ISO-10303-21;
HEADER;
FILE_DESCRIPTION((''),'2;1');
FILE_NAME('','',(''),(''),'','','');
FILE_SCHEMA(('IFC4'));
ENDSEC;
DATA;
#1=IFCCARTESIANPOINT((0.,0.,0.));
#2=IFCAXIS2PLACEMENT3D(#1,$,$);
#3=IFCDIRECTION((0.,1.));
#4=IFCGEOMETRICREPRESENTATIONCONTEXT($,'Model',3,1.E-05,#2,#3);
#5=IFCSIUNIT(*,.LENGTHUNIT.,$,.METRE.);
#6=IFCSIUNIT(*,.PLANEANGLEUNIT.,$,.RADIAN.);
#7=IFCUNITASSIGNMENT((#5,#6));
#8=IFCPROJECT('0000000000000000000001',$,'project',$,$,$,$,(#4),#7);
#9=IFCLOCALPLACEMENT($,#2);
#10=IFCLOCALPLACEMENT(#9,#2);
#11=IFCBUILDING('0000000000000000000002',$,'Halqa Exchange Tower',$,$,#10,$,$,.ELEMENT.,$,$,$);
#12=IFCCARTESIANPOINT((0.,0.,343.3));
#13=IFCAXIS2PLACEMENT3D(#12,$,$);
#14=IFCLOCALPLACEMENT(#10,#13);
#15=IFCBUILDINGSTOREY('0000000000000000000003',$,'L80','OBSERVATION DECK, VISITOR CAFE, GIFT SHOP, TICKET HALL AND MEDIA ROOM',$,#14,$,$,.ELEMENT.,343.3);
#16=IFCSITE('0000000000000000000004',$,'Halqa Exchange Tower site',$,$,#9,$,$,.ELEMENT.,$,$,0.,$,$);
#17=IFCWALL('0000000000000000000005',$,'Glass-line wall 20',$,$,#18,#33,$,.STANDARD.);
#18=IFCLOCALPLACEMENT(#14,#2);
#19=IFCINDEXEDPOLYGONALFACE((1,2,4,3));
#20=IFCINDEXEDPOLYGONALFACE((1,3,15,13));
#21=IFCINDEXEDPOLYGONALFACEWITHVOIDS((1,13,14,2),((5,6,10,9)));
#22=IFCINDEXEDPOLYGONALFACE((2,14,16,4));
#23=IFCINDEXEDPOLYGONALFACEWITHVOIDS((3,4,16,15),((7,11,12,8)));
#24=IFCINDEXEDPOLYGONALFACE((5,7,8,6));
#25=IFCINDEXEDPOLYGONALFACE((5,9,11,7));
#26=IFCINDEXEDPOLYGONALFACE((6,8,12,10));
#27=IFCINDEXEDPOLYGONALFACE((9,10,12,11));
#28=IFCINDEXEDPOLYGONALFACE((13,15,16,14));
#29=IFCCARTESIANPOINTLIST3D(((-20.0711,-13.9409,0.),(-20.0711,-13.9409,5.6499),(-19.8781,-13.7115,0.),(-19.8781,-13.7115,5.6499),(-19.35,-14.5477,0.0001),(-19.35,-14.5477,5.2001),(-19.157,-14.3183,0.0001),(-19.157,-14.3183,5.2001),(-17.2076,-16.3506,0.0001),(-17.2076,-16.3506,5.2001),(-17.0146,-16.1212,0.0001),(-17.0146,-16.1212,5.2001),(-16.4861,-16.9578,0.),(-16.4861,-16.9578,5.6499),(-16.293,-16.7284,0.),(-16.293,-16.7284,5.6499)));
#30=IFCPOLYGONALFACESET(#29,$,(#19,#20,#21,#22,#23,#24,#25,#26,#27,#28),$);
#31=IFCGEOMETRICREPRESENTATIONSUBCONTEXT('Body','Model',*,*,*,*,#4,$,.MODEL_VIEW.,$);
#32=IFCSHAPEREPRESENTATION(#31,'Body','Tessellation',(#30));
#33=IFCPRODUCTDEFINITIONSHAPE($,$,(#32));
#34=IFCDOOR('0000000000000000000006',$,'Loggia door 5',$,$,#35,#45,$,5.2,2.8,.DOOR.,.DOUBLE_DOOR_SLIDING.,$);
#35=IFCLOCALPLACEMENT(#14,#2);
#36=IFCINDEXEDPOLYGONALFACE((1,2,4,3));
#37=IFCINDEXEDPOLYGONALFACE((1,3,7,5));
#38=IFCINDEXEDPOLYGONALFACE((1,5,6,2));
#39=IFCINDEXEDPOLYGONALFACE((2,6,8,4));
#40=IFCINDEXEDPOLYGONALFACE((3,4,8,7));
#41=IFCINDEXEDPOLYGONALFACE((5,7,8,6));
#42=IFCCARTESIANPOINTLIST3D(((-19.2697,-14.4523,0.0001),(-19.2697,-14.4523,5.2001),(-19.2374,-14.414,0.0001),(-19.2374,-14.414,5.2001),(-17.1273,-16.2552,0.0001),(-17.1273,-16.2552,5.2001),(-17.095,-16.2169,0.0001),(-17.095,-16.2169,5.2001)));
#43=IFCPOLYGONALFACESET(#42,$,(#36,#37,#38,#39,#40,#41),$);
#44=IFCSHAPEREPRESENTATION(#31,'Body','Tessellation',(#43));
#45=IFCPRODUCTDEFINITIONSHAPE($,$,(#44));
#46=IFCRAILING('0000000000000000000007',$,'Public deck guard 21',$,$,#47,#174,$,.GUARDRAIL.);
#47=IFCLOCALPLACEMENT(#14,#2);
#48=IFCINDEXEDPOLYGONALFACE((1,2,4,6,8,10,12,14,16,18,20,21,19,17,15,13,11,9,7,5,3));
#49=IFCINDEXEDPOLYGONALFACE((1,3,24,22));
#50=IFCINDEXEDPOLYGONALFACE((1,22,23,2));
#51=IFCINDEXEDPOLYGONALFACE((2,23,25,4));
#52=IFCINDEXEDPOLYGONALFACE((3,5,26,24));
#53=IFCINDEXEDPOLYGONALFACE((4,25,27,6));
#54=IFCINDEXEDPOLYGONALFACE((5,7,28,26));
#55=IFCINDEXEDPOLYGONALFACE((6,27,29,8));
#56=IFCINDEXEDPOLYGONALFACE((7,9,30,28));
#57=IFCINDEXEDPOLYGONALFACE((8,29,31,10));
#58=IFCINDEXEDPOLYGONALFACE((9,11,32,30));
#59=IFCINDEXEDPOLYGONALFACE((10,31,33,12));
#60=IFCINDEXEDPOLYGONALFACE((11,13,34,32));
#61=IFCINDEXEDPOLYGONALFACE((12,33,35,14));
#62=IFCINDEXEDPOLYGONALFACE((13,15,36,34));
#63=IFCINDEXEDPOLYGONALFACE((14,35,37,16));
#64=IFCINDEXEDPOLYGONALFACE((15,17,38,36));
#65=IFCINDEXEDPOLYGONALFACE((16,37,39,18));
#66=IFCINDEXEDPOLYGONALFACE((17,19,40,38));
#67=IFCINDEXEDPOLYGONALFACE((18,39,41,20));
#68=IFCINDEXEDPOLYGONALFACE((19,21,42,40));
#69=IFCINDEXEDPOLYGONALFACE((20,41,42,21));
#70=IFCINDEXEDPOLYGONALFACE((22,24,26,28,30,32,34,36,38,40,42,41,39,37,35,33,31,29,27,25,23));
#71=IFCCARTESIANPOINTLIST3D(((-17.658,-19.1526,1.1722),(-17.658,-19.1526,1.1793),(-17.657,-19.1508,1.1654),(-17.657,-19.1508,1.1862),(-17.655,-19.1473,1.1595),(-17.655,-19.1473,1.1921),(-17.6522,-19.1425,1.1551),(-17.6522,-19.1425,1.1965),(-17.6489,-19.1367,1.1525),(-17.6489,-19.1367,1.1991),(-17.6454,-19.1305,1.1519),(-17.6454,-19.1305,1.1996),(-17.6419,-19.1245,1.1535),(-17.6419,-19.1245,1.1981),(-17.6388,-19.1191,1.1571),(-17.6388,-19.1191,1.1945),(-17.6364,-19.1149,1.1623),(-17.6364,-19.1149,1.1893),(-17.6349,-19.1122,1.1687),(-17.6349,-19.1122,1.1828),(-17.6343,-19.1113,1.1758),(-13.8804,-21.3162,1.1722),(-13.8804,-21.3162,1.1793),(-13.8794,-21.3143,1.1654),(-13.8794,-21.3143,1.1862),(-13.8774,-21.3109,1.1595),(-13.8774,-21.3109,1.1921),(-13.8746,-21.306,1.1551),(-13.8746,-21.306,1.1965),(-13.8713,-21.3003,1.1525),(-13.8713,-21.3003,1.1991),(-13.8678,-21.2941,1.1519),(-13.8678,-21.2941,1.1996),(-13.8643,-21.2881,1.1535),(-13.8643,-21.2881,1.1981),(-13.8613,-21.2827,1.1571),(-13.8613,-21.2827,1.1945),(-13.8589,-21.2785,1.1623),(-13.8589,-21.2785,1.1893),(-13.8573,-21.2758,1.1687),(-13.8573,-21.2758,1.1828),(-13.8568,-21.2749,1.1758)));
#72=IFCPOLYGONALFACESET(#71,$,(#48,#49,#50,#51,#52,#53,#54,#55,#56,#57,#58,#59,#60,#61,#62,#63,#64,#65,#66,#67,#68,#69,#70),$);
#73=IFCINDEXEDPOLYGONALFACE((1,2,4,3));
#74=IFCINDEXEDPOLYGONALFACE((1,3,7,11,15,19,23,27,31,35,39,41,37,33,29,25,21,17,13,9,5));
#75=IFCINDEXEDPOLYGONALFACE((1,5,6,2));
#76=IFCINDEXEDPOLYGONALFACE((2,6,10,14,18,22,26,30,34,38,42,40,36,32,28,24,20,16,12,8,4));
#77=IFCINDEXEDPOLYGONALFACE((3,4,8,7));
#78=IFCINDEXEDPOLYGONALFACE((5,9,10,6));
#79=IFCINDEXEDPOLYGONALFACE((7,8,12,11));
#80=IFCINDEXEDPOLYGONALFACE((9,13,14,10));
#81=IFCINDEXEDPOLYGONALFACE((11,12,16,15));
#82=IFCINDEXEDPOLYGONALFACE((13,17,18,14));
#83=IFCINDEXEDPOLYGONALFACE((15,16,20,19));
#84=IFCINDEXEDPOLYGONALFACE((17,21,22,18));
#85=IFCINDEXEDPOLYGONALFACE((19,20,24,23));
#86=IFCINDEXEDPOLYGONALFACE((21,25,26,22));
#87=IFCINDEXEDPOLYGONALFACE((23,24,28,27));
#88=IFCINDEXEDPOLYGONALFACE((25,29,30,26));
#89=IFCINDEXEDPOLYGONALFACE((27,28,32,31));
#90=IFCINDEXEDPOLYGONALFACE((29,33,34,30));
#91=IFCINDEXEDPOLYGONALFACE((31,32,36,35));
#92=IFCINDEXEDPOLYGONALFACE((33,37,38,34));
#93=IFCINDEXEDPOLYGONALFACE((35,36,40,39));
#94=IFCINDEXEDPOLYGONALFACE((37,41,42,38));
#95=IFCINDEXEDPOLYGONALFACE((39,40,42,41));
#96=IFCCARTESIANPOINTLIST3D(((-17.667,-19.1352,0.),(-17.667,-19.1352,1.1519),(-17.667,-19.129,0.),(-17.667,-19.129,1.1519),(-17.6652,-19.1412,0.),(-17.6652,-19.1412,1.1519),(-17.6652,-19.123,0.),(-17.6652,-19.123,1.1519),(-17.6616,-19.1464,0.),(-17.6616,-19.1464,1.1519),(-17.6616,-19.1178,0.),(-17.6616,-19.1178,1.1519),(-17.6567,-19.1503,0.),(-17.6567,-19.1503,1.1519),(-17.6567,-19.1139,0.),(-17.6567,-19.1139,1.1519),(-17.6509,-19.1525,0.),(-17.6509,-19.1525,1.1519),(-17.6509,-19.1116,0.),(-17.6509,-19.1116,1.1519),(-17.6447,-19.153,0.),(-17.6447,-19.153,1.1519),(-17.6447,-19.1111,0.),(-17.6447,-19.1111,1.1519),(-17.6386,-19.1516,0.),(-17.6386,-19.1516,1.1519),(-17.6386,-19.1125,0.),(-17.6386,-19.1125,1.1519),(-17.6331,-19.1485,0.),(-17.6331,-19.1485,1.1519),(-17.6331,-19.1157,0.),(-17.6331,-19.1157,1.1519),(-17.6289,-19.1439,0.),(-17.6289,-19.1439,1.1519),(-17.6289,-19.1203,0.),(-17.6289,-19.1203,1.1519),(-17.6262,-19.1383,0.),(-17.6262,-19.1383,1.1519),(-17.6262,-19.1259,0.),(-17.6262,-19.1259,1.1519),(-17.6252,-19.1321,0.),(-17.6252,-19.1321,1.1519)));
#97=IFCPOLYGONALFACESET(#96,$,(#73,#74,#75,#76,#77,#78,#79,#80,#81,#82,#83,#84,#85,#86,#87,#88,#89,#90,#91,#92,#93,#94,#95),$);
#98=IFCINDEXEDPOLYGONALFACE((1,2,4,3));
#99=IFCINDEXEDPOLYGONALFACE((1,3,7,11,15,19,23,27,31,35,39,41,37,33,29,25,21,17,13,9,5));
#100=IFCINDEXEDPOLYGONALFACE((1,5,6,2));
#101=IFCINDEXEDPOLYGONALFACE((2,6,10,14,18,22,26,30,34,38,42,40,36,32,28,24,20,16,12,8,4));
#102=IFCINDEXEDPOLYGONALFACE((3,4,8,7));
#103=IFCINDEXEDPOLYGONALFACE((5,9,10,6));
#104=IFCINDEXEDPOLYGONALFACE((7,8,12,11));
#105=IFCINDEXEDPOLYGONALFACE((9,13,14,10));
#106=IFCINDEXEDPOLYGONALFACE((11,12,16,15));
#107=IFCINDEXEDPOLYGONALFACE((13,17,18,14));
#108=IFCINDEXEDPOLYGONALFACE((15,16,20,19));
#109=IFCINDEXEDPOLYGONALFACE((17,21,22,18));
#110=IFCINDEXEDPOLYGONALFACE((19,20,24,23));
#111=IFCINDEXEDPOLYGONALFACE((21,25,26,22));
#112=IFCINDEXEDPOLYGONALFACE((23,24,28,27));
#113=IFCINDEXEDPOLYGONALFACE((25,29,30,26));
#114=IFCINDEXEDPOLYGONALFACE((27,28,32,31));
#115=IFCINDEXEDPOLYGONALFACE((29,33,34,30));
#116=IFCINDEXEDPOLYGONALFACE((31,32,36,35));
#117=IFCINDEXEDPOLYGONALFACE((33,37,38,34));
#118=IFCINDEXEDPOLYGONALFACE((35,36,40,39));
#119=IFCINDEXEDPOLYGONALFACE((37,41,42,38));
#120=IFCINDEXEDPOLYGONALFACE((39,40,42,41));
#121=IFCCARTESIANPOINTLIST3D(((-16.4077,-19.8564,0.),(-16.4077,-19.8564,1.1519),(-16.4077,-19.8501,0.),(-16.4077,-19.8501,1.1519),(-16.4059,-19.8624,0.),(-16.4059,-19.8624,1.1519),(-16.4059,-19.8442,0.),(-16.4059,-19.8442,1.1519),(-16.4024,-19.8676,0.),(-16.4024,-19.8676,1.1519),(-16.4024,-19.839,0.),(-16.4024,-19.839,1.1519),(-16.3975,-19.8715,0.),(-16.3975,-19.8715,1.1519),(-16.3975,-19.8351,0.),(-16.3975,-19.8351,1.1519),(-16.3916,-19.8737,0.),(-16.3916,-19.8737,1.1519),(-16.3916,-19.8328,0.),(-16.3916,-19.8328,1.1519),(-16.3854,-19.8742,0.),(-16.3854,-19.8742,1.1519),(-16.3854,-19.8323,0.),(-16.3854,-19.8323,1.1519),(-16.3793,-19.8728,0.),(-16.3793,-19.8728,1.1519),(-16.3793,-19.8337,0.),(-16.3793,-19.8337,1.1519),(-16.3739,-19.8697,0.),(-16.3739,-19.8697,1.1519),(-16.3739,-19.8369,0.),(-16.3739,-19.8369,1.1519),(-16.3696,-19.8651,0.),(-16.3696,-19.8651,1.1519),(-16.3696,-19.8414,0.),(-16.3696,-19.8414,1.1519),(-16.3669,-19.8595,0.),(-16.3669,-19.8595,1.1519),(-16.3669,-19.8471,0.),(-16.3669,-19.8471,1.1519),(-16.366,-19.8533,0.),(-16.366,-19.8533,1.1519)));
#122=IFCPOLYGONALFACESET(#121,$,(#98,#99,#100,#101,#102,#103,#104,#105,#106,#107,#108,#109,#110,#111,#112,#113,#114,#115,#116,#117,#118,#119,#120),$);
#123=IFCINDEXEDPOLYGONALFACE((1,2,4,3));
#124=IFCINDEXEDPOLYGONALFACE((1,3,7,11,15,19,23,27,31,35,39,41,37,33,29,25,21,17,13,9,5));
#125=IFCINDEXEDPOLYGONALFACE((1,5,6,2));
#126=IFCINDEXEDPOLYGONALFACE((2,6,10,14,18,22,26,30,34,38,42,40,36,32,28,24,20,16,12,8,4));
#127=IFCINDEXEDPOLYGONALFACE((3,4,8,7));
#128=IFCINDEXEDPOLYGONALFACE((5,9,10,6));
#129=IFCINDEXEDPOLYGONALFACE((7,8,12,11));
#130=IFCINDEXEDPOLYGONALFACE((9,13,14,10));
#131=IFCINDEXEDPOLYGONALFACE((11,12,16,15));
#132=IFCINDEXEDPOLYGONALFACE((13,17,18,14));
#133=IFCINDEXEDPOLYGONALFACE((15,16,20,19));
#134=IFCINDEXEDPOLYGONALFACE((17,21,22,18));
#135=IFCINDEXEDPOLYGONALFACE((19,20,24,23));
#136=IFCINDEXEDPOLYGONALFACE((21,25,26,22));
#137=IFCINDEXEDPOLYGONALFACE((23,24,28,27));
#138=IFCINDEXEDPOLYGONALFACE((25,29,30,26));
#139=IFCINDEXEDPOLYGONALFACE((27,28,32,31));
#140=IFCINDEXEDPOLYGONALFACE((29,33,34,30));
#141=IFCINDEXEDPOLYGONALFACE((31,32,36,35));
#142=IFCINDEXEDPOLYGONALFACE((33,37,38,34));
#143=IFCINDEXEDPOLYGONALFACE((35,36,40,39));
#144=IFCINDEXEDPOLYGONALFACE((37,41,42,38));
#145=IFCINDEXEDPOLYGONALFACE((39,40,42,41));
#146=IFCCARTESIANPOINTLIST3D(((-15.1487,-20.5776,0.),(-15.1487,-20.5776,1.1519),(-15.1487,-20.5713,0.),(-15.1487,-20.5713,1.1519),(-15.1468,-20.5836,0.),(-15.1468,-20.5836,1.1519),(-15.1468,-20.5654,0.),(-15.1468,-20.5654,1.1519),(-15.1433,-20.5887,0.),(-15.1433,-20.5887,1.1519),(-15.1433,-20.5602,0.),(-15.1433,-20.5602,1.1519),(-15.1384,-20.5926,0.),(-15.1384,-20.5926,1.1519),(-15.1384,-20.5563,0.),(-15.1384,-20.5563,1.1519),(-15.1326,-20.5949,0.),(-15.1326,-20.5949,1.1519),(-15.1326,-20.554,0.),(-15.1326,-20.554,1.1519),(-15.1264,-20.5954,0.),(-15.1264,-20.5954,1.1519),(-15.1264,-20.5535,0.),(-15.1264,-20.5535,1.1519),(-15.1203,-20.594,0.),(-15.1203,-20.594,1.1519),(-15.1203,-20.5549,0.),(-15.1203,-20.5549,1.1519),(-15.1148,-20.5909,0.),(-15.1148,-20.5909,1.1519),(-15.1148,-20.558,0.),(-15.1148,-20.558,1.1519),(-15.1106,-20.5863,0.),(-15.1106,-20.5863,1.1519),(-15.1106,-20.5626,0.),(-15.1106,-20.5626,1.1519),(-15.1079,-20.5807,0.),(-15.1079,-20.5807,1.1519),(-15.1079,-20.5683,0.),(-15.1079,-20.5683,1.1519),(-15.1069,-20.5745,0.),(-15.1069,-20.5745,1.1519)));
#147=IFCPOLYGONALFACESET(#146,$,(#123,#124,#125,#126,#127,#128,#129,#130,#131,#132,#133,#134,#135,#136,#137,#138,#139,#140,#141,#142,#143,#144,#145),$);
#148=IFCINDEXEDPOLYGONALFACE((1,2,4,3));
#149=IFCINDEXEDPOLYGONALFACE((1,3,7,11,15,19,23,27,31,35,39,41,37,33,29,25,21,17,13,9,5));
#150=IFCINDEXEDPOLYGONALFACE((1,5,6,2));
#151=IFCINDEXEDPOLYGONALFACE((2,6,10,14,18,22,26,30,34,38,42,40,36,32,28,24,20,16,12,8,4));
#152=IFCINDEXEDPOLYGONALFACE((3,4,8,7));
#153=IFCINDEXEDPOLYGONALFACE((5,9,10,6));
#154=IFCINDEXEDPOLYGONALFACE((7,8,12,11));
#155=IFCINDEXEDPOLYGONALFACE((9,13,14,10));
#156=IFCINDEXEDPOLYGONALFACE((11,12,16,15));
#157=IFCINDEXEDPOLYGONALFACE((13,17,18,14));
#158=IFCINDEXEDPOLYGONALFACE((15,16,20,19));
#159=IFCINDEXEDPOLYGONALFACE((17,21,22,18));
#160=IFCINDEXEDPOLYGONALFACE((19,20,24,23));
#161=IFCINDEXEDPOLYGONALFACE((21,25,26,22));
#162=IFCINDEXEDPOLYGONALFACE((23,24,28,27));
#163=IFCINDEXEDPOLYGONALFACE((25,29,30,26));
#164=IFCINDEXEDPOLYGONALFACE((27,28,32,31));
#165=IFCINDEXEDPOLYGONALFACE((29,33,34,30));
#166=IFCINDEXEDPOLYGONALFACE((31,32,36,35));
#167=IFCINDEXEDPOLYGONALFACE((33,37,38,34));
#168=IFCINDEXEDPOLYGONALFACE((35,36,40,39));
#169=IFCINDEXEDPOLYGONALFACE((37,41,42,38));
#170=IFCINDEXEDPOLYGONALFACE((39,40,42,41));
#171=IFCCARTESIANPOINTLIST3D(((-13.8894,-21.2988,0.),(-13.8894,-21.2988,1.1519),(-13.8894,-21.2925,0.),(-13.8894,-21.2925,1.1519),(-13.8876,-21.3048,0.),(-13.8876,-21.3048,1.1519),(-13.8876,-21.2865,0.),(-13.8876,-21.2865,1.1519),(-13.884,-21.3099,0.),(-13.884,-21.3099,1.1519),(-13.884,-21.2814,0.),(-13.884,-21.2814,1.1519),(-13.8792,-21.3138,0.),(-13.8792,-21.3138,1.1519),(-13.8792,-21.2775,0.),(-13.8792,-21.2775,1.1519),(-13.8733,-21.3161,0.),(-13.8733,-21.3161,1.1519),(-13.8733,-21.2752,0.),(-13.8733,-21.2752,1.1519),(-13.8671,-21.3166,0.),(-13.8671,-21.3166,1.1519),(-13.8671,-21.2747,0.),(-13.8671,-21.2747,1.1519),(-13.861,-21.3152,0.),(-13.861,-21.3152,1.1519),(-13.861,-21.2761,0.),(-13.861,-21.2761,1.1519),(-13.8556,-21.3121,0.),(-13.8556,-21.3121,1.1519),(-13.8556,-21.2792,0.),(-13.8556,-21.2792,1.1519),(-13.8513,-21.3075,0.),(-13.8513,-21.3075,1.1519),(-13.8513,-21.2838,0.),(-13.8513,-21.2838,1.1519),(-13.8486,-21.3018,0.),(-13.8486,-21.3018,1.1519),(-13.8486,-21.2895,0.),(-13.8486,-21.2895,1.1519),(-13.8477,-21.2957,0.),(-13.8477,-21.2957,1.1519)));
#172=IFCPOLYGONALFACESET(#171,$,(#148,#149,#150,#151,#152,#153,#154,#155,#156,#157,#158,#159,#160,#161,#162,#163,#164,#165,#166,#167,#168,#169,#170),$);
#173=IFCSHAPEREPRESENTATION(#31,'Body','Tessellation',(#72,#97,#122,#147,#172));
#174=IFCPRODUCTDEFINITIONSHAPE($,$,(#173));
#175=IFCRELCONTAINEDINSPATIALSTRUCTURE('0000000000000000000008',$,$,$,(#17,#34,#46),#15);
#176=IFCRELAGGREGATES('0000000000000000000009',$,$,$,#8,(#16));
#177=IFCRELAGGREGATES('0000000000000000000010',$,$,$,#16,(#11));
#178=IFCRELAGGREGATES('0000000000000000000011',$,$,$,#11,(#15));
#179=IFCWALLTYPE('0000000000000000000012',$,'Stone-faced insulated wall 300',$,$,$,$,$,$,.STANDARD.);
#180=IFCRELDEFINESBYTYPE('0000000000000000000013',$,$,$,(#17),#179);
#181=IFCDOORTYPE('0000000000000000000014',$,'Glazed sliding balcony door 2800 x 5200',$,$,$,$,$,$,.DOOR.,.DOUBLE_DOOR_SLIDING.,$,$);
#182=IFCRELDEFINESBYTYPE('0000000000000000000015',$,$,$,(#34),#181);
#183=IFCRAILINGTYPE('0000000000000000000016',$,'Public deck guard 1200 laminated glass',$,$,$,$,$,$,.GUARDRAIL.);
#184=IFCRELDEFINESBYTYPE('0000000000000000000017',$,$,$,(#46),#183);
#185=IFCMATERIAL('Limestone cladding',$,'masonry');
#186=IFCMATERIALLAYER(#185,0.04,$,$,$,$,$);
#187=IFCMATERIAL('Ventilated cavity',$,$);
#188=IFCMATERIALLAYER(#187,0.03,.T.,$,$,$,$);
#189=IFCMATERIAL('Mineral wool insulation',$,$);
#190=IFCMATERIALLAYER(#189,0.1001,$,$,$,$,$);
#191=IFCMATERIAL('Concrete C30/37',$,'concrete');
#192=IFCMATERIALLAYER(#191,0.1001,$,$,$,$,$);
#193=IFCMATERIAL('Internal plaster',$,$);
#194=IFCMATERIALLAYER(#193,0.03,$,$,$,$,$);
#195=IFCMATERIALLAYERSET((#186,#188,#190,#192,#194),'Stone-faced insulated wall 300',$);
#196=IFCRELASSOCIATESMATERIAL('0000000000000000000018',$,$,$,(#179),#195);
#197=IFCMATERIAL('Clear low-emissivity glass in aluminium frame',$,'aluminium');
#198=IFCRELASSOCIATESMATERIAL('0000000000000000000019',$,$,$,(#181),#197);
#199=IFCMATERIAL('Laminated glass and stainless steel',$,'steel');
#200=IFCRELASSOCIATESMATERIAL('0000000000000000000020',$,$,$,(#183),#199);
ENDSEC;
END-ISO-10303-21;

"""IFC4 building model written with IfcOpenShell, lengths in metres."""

from ifc_helpers import new_model, si_unit, direction, frame, frame_2d, origin, origin_2d, place, context, subcontext, project, spatial, polyline, rectangle, circle, outline, extrude, material, layer, layer_set, type_object, element, fill, save


model = new_model("IFC4")

# Units and contexts
model_context = context("Model", 3, precision=1e-05, world=origin(), true_north=direction((0.0, 1.0)))
body_context = subcontext(model_context, "Body", "Model", "MODEL_VIEW")
ifc_project = project(units=[si_unit("LENGTHUNIT", "METRE"), si_unit("PLANEANGLEUNIT", "RADIAN")], contexts=[model_context])

# Site, building, storey
site_placement = place(None, origin())
site = spatial("IfcSite", under=ifc_project, at=site_placement, Name="Halqa Exchange Tower site", CompositionType="ELEMENT", RefElevation=0.0)
building_placement = place(site_placement, origin())
building = spatial("IfcBuilding", under=site, at=building_placement, Name="Halqa Exchange Tower", CompositionType="ELEMENT")
storey_placement = place(building_placement, frame((0.0, 0.0, 343.3)))
storey = spatial("IfcBuildingStorey", under=building, at=storey_placement, Name="L80", Description="OBSERVATION DECK, VISITOR CAFE, GIFT SHOP, TICKET HALL AND MEDIA ROOM", CompositionType="ELEMENT", Elevation=343.3)

# Wall, opening, door
ifc_material_1 = material(Name="Limestone cladding", Category="masonry")
ifc_layer_1 = layer(ifc_material_1, 0.04)
ifc_material_2 = material(Name="Ventilated cavity")
ifc_layer_2 = layer(ifc_material_2, 0.03, ventilated=True)
ifc_material_3 = material(Name="Mineral wool insulation")
ifc_layer_3 = layer(ifc_material_3, 0.1001)
ifc_material_4 = material(Name="Concrete C30/37", Category="concrete")
ifc_layer_4 = layer(ifc_material_4, 0.1001)
ifc_material_5 = material(Name="Internal plaster")
ifc_layer_5 = layer(ifc_material_5, 0.03)
ifc_layer_set_1 = layer_set([ifc_layer_1, ifc_layer_2, ifc_layer_3, ifc_layer_4, ifc_layer_5], Name="Stone-faced insulated wall 300")
wall_type_1 = type_object("IfcWallType", Name="Stone-faced insulated wall 300", PredefinedType="STANDARD", material=ifc_layer_set_1)
wall_1_placement = place(storey_placement, frame((-19.9746, -13.8262, 0.0), z_axis=(0.0, 0.0, 1.0), x_axis=(0.765129, -0.643877, 0.0)))
wall_1 = element("IfcWall", 1, at=wall_1_placement, inside=storey, type_object=wall_type_1, Name="Glass-line wall 20", PredefinedType="STANDARD", context=body_context, shape_type="SweptSolid", body=[
    extrude(outline(polyline([(0.0, -0.1499), (4.6855, -0.1499), (4.6855, 0.1499), (0.0, 0.1499), (0.0, -0.1499)])), origin(), (0.0, 0.0, 1.0), 5.6499),
])
opening_1_placement = place(wall_1_placement, frame((0.9426, 0.0, 0.0)))
opening_1 = element("IfcOpeningElement", 2, at=opening_1_placement, cuts=wall_1, PredefinedType="OPENING", context=body_context, shape_type="SweptSolid", body=[
    extrude(rectangle(XDim=2.8, YDim=5.2, at=frame_2d((1.3999, 2.6001))), frame((0.0, 0.1621, 0.0), z_axis=(0.0, -1.0, 0.0), x_axis=(1.0, 0.0, 0.0)), (0.0, 0.0, 1.0), 0.324),
])
ifc_material_6 = material(Name="Clear low-emissivity glass in aluminium frame", Category="aluminium")
door_type_1 = type_object("IfcDoorType", Name="Glazed sliding balcony door 2800 x 5200", OperationType="DOUBLE_DOOR_SLIDING", PredefinedType="DOOR", material=ifc_material_6)
door_1_placement = place(opening_1_placement, origin())
door_1 = element("IfcDoor", 3, at=door_1_placement, inside=storey, type_object=door_type_1, Name="Loggia door 5", OperationType="DOUBLE_DOOR_SLIDING", OverallHeight=5.2, OverallWidth=2.8, PredefinedType="DOOR", context=body_context, shape_type="SweptSolid", body=[
    extrude(rectangle(XDim=2.8, YDim=5.2, at=frame_2d((1.3999, 2.6001))), frame((0.0, 0.0249, 0.0), z_axis=(0.0, -1.0, 0.0), x_axis=(1.0, 0.0, 0.0)), (0.0, 0.0, 1.0), 0.05),
])
fill(opening_1, door_1)

# Railing
ifc_material_7 = material(Name="Laminated glass and stainless steel", Category="steel")
railing_type = type_object("IfcRailingType", Name="Public deck guard 1200 laminated glass", PredefinedType="GUARDRAIL", material=ifc_material_7)
railing_placement = place(storey_placement, frame((-17.6462, -19.1321, 0.0)))
element("IfcRailing", 4, at=railing_placement, inside=storey, type_object=railing_type, Name="Public deck guard 21", PredefinedType="GUARDRAIL", context=body_context, shape_type="SweptSolid", body=[
    extrude(circle(Radius=0.0239, at=origin_2d()), frame((0.0, 0.0, 1.1758), z_axis=(0.867753, -0.496996, 0.0), x_axis=(0.496996, 0.867753, 0.0)), (0.0, 0.0, 1.0), 4.3533),
    extrude(circle(Radius=0.021, at=origin_2d()), origin(), (0.0, 0.0, 1.0), 1.1519),
    extrude(circle(Radius=0.021, at=origin_2d()), frame((1.2593, -0.7212, 0.0)), (0.0, 0.0, 1.0), 1.1519),
    extrude(circle(Radius=0.021, at=origin_2d()), frame((2.5183, -1.4424, 0.0)), (0.0, 0.0, 1.0), 1.1519),
    extrude(circle(Radius=0.021, at=origin_2d()), frame((3.7776, -2.1636, 0.0)), (0.0, 0.0, 1.0), 1.1519),
])

save(model, "model.ifc")
